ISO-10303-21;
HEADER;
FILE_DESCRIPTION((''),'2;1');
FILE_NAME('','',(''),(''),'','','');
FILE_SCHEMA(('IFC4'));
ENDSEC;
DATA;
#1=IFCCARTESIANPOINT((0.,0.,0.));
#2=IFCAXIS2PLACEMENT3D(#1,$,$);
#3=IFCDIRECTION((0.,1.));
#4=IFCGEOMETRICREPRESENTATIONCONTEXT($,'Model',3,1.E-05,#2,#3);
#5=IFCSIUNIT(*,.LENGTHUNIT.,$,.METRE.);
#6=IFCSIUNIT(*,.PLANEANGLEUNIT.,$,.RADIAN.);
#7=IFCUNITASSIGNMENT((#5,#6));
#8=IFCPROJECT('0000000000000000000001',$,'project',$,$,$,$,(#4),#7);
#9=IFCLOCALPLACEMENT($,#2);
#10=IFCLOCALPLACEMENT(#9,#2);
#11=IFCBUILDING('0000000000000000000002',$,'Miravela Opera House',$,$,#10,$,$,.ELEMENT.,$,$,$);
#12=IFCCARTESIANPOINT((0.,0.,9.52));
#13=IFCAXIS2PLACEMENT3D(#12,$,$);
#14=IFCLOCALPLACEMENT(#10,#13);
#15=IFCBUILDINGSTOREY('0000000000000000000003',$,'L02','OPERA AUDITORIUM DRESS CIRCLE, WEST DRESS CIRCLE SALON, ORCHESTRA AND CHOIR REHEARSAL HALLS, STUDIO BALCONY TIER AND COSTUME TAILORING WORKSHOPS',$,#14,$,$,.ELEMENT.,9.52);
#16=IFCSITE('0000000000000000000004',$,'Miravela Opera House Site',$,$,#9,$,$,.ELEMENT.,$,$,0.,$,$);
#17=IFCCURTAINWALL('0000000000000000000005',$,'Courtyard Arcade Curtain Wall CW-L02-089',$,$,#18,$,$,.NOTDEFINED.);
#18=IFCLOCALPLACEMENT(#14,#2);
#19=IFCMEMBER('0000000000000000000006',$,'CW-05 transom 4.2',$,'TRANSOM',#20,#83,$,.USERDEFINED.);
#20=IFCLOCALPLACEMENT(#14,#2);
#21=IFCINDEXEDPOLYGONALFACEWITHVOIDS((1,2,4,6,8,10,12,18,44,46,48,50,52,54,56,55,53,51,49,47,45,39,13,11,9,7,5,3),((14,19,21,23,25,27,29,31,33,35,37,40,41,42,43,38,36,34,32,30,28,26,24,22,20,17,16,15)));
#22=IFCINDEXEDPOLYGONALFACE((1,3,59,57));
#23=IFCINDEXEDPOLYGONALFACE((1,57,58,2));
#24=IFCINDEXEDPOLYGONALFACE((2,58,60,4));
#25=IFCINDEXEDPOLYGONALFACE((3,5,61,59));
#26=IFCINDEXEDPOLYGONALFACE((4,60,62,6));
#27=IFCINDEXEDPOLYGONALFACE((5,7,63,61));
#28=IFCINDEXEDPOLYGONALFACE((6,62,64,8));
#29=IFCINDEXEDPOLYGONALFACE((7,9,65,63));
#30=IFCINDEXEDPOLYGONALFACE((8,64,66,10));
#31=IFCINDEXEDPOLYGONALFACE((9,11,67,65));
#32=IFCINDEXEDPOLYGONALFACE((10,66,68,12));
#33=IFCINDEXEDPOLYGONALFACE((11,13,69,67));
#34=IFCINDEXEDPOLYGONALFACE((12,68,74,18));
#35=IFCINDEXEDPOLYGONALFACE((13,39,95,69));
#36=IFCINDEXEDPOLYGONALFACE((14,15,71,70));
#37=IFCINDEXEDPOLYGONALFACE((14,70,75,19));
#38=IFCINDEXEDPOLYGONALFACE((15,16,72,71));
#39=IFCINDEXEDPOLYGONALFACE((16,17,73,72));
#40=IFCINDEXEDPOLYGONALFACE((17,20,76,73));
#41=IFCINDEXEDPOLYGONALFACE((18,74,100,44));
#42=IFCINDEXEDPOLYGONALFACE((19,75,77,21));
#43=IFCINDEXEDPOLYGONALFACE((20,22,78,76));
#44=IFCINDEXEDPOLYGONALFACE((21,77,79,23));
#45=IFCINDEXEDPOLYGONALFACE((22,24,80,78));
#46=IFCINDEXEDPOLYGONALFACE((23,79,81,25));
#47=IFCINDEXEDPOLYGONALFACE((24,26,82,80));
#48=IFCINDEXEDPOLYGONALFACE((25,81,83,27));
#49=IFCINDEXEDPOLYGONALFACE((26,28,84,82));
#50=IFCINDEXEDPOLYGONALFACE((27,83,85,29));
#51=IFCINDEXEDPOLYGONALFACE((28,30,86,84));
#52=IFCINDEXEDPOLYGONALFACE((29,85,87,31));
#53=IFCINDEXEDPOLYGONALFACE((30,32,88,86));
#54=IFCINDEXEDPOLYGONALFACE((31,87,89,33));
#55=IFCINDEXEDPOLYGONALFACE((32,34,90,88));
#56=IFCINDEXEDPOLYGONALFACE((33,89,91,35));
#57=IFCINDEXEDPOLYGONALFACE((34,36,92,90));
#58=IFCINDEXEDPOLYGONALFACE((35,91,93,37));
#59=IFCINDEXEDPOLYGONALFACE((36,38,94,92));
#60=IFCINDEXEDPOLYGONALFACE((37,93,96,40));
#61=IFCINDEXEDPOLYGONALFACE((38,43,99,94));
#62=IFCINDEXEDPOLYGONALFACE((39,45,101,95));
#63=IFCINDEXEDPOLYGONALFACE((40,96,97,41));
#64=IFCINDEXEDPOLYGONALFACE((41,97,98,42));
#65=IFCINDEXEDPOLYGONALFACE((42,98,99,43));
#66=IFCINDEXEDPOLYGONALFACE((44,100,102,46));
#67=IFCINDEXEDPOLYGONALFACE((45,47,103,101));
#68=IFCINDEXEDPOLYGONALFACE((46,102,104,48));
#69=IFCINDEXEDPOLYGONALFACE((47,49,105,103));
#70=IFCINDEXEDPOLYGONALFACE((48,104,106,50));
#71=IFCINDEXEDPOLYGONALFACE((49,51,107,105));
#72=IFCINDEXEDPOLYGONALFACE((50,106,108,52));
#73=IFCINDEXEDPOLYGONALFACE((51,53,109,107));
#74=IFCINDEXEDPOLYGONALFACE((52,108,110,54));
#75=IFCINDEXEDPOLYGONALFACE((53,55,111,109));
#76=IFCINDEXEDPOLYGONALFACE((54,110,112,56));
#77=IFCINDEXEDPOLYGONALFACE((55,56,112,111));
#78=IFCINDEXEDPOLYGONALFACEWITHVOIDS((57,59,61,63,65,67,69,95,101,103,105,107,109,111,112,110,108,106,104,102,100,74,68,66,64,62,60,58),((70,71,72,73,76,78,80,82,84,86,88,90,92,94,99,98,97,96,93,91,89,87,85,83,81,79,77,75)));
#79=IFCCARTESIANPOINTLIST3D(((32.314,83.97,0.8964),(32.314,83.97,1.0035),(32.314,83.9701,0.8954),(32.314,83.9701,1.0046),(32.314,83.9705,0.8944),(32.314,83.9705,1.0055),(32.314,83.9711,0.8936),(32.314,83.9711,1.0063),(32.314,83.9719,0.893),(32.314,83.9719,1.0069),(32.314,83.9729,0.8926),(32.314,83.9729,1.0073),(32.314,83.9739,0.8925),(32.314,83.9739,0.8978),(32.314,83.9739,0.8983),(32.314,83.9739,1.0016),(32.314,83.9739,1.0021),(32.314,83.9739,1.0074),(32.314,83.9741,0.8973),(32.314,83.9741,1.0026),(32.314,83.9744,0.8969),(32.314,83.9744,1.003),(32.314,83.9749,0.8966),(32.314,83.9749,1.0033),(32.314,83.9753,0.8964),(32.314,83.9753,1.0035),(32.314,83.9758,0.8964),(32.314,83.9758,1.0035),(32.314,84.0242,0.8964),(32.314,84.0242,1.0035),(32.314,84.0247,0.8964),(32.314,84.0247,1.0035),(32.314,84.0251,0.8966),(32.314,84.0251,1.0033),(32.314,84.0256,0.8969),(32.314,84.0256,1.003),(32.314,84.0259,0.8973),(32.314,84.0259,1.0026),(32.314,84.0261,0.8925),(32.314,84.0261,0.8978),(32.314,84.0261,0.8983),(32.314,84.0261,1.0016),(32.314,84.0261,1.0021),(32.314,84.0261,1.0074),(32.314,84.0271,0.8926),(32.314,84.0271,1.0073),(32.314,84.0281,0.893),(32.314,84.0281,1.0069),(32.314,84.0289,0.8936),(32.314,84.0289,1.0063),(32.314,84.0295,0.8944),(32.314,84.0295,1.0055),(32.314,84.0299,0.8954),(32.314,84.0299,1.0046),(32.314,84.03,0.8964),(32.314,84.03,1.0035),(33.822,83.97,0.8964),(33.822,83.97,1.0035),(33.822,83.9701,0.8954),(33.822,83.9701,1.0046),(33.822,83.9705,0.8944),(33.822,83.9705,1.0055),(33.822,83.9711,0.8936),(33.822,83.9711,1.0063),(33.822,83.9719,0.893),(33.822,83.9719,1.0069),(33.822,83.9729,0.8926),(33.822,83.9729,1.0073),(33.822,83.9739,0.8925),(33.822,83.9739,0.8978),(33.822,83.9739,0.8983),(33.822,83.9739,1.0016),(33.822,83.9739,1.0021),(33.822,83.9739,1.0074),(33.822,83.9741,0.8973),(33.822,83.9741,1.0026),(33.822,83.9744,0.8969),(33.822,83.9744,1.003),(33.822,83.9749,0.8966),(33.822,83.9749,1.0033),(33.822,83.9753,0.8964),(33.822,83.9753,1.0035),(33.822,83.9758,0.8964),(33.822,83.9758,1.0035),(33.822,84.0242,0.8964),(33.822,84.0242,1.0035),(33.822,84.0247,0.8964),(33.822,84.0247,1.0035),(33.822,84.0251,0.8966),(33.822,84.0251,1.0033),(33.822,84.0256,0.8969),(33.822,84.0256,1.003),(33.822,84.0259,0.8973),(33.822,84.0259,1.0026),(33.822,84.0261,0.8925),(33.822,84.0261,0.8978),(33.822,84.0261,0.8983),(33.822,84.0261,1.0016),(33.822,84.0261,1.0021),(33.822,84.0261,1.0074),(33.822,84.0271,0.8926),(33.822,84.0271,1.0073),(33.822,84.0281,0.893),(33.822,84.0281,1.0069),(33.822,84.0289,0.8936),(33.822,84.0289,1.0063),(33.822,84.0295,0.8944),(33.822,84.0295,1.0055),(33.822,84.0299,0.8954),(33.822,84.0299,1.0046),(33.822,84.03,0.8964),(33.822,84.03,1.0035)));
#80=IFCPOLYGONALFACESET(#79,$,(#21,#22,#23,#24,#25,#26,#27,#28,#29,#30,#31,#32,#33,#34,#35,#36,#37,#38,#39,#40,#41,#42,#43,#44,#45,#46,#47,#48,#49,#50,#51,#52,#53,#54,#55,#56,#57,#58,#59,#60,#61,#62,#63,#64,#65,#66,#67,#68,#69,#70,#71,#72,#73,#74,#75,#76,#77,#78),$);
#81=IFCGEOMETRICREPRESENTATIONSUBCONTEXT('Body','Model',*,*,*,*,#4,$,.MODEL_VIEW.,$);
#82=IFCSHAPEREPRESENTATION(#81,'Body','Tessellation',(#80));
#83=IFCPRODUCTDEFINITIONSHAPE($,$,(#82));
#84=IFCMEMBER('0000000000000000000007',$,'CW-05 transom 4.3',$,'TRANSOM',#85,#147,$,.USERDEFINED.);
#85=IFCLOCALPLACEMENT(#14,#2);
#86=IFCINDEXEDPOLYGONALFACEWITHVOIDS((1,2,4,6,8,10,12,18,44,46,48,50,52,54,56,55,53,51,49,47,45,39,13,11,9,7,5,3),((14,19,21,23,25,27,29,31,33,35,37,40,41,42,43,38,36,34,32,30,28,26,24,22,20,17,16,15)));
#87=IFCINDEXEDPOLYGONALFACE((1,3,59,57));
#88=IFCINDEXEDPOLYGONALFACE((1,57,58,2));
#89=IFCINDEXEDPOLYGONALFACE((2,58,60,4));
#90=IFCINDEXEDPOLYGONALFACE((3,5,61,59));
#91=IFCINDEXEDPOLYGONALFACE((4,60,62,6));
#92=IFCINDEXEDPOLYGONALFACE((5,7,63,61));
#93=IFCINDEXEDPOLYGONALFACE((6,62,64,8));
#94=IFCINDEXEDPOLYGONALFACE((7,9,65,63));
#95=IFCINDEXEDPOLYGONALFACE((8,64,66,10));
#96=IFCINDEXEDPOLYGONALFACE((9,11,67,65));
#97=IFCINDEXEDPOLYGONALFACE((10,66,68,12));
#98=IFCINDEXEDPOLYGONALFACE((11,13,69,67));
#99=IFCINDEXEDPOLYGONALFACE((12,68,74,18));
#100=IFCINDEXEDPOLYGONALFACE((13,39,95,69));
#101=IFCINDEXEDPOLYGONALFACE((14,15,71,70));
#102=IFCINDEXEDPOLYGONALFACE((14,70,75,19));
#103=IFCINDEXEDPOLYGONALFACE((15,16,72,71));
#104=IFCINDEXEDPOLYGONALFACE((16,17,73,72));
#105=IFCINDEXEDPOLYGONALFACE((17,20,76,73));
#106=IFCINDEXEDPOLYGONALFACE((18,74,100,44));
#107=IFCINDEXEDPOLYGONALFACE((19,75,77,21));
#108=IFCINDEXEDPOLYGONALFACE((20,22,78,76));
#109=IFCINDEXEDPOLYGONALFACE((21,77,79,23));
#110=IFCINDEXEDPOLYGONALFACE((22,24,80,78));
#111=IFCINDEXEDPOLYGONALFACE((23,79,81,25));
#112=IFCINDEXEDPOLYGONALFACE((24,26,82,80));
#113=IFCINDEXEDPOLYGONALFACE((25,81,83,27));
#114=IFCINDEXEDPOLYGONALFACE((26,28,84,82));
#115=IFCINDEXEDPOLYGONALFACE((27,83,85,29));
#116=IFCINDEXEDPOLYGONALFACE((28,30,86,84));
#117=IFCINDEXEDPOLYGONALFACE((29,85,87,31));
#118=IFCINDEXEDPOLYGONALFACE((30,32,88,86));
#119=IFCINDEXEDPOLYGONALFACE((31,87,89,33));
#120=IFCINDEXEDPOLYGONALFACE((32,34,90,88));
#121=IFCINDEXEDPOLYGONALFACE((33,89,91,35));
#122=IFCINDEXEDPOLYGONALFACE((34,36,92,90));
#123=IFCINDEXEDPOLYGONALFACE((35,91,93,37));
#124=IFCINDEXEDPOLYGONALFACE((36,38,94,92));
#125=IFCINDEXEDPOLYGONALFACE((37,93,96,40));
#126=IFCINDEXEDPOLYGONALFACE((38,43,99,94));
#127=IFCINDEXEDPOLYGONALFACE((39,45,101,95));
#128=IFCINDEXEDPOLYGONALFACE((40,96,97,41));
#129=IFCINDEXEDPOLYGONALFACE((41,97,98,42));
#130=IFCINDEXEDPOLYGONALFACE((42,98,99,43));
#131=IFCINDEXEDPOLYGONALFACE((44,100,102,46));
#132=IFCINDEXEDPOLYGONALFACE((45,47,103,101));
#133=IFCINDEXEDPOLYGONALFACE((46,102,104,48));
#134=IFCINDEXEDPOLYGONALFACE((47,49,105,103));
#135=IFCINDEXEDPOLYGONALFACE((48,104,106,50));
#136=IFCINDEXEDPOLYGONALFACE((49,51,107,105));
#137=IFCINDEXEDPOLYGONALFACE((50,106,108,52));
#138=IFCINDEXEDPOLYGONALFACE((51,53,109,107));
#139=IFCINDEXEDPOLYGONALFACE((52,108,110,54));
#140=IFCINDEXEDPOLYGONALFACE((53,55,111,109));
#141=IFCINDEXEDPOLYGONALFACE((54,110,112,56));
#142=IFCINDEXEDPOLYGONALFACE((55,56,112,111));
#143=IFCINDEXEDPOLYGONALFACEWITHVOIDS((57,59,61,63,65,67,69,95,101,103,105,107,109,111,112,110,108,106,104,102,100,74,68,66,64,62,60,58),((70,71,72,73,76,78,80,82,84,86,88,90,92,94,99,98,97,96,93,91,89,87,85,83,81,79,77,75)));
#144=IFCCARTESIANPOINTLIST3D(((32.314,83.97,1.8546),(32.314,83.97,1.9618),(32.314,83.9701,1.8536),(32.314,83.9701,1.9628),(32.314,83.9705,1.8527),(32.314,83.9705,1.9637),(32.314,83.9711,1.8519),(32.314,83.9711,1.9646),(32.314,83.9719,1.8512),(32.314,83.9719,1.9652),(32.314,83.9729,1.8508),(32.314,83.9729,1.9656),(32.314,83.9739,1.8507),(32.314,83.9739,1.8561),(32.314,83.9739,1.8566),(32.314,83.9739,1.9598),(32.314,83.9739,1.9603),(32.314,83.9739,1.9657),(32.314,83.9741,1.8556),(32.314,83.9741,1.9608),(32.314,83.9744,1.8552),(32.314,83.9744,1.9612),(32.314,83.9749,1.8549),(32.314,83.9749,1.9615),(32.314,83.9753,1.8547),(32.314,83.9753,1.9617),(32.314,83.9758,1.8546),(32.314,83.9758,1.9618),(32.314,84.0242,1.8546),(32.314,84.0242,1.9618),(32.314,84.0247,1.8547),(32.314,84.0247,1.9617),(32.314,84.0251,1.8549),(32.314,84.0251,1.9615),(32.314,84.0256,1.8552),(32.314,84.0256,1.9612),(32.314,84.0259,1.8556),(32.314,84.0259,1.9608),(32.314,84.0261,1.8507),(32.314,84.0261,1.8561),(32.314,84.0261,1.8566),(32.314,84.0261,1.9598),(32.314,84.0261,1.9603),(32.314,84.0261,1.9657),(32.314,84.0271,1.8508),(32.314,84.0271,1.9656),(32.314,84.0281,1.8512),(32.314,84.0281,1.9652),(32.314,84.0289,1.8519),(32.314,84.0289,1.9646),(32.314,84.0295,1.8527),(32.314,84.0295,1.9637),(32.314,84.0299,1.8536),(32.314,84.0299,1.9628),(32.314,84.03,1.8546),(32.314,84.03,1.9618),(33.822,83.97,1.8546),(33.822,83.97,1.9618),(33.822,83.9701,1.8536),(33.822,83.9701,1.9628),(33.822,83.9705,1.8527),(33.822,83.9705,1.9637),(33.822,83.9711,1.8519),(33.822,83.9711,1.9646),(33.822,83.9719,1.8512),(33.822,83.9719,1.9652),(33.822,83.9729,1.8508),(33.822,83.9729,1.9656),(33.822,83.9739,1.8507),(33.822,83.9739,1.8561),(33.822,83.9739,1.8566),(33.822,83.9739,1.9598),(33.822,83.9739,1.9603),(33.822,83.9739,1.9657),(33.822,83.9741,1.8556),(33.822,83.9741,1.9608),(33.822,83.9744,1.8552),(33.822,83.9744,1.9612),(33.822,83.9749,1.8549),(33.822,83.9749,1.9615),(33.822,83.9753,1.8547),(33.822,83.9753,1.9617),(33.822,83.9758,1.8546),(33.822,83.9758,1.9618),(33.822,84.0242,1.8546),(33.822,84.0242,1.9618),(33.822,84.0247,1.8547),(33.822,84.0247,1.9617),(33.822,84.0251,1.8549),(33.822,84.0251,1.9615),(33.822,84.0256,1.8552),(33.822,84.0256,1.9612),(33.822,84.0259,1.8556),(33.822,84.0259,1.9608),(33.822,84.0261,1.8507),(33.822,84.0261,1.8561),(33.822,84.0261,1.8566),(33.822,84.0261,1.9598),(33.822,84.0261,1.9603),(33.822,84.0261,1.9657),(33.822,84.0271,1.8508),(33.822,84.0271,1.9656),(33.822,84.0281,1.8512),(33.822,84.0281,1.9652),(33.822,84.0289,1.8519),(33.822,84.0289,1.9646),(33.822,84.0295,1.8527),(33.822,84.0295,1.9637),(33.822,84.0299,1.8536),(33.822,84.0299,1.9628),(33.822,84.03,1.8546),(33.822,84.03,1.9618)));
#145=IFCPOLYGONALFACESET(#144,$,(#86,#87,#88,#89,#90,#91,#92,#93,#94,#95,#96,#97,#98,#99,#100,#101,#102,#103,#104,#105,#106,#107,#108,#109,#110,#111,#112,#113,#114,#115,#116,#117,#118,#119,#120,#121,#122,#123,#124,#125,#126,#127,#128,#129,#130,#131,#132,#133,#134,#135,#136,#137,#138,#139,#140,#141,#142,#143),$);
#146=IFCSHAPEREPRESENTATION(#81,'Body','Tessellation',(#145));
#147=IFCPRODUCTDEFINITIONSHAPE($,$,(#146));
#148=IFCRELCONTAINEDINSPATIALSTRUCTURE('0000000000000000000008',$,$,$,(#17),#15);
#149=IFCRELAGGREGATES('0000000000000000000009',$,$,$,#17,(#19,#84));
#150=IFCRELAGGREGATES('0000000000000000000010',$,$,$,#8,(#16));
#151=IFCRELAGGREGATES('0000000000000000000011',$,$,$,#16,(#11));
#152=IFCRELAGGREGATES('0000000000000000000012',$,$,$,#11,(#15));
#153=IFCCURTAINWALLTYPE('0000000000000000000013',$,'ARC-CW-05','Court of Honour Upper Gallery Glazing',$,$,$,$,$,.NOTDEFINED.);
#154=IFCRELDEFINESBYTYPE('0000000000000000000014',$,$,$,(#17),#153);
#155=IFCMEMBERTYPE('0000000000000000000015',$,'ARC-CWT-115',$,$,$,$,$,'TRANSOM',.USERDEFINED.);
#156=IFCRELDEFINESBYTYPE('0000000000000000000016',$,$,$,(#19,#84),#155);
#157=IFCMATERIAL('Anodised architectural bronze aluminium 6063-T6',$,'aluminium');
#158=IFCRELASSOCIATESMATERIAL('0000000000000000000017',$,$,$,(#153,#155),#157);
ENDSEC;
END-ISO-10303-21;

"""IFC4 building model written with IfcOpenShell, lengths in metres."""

from ifc_helpers import new_model, si_unit, direction, frame, origin, origin_2d, place, context, subcontext, project, spatial, hollow_rectangle, extrude, material, material_profile, profile_set, type_object, element, aggregate, save


model = new_model("IFC4")

# Units and contexts
model_context = context("Model", 3, precision=1e-05, world=origin(), true_north=direction((0.0, 1.0)))
body_context = subcontext(model_context, "Body", "Model", "MODEL_VIEW")
ifc_project = project(units=[si_unit("LENGTHUNIT", "METRE"), si_unit("PLANEANGLEUNIT", "RADIAN")], contexts=[model_context])

# Site, building, storey
site_placement = place(None, origin())
site = spatial("IfcSite", under=ifc_project, at=site_placement, Name="Miravela Opera House Site", CompositionType="ELEMENT", RefElevation=0.0)
building_placement = place(site_placement, origin())
building = spatial("IfcBuilding", under=site, at=building_placement, Name="Miravela Opera House", CompositionType="ELEMENT")
storey_placement = place(building_placement, frame((0.0, 0.0, 9.52)))
storey = spatial("IfcBuildingStorey", under=building, at=storey_placement, Name="L02", Description="OPERA AUDITORIUM DRESS CIRCLE, WEST DRESS CIRCLE SALON, ORCHESTRA AND CHOIR REHEARSAL HALLS, STUDIO BALCONY TIER AND COSTUME TAILORING WORKSHOPS", CompositionType="ELEMENT", Elevation=9.52)

# Curtain wall, members
ifc_material_1 = material(Name="Anodised architectural bronze aluminium 6063-T6", Category="aluminium")
curtain_wall_type = type_object("IfcCurtainWallType", Name="ARC-CW-05", Description="Court of Honour Upper Gallery Glazing", PredefinedType="NOTDEFINED", material=ifc_material_1)
curtain_wall_placement = place(storey_placement, origin())
curtain_wall = element("IfcCurtainWall", 1, at=curtain_wall_placement, inside=storey, type_object=curtain_wall_type, Name="Courtyard Arcade Curtain Wall CW-L02-089", PredefinedType="NOTDEFINED")
ifc_material_profile_1 = material_profile(ifc_material_1, hollow_rectangle(XDim=0.0601, YDim=0.115, WallThickness=0.0039, InnerFilletRadius=0.002, OuterFilletRadius=0.0039, at=origin_2d()), Name="CWT-60X115")
ifc_profile_set_1 = profile_set([ifc_material_profile_1])
member_type_1 = type_object("IfcMemberType", Name="ARC-CWT-115", ElementType="TRANSOM", PredefinedType="USERDEFINED", material=ifc_profile_set_1)
member_1_placement = place(storey_placement, frame((32.314, 84.0, 0.95), z_axis=(1.0, 0.0, 0.0), x_axis=(0.0, 1.0, 0.0)))
member_1 = element("IfcMember", 2, at=member_1_placement, type_object=member_type_1, Name="CW-05 transom 4.2", ObjectType="TRANSOM", PredefinedType="USERDEFINED", context=body_context, shape_type="SweptSolid", body=[
    extrude(hollow_rectangle(XDim=0.0601, YDim=0.115, WallThickness=0.0039, InnerFilletRadius=0.002, OuterFilletRadius=0.0039, at=origin_2d()), origin(), (0.0, 0.0, 1.0), 1.5081),
])
member_2_placement = place(storey_placement, frame((32.314, 84.0, 1.9082), z_axis=(1.0, 0.0, 0.0), x_axis=(0.0, 1.0, 0.0)))
member_2 = element("IfcMember", 3, at=member_2_placement, type_object=member_type_1, Name="CW-05 transom 4.3", ObjectType="TRANSOM", PredefinedType="USERDEFINED", context=body_context, shape_type="SweptSolid", body=[
    extrude(hollow_rectangle(XDim=0.0601, YDim=0.115, WallThickness=0.0039, InnerFilletRadius=0.002, OuterFilletRadius=0.0039, at=origin_2d()), origin(), (0.0, 0.0, 1.0), 1.5081),
])
aggregate(curtain_wall, [member_1, member_2])

save(model, "model.ifc")
